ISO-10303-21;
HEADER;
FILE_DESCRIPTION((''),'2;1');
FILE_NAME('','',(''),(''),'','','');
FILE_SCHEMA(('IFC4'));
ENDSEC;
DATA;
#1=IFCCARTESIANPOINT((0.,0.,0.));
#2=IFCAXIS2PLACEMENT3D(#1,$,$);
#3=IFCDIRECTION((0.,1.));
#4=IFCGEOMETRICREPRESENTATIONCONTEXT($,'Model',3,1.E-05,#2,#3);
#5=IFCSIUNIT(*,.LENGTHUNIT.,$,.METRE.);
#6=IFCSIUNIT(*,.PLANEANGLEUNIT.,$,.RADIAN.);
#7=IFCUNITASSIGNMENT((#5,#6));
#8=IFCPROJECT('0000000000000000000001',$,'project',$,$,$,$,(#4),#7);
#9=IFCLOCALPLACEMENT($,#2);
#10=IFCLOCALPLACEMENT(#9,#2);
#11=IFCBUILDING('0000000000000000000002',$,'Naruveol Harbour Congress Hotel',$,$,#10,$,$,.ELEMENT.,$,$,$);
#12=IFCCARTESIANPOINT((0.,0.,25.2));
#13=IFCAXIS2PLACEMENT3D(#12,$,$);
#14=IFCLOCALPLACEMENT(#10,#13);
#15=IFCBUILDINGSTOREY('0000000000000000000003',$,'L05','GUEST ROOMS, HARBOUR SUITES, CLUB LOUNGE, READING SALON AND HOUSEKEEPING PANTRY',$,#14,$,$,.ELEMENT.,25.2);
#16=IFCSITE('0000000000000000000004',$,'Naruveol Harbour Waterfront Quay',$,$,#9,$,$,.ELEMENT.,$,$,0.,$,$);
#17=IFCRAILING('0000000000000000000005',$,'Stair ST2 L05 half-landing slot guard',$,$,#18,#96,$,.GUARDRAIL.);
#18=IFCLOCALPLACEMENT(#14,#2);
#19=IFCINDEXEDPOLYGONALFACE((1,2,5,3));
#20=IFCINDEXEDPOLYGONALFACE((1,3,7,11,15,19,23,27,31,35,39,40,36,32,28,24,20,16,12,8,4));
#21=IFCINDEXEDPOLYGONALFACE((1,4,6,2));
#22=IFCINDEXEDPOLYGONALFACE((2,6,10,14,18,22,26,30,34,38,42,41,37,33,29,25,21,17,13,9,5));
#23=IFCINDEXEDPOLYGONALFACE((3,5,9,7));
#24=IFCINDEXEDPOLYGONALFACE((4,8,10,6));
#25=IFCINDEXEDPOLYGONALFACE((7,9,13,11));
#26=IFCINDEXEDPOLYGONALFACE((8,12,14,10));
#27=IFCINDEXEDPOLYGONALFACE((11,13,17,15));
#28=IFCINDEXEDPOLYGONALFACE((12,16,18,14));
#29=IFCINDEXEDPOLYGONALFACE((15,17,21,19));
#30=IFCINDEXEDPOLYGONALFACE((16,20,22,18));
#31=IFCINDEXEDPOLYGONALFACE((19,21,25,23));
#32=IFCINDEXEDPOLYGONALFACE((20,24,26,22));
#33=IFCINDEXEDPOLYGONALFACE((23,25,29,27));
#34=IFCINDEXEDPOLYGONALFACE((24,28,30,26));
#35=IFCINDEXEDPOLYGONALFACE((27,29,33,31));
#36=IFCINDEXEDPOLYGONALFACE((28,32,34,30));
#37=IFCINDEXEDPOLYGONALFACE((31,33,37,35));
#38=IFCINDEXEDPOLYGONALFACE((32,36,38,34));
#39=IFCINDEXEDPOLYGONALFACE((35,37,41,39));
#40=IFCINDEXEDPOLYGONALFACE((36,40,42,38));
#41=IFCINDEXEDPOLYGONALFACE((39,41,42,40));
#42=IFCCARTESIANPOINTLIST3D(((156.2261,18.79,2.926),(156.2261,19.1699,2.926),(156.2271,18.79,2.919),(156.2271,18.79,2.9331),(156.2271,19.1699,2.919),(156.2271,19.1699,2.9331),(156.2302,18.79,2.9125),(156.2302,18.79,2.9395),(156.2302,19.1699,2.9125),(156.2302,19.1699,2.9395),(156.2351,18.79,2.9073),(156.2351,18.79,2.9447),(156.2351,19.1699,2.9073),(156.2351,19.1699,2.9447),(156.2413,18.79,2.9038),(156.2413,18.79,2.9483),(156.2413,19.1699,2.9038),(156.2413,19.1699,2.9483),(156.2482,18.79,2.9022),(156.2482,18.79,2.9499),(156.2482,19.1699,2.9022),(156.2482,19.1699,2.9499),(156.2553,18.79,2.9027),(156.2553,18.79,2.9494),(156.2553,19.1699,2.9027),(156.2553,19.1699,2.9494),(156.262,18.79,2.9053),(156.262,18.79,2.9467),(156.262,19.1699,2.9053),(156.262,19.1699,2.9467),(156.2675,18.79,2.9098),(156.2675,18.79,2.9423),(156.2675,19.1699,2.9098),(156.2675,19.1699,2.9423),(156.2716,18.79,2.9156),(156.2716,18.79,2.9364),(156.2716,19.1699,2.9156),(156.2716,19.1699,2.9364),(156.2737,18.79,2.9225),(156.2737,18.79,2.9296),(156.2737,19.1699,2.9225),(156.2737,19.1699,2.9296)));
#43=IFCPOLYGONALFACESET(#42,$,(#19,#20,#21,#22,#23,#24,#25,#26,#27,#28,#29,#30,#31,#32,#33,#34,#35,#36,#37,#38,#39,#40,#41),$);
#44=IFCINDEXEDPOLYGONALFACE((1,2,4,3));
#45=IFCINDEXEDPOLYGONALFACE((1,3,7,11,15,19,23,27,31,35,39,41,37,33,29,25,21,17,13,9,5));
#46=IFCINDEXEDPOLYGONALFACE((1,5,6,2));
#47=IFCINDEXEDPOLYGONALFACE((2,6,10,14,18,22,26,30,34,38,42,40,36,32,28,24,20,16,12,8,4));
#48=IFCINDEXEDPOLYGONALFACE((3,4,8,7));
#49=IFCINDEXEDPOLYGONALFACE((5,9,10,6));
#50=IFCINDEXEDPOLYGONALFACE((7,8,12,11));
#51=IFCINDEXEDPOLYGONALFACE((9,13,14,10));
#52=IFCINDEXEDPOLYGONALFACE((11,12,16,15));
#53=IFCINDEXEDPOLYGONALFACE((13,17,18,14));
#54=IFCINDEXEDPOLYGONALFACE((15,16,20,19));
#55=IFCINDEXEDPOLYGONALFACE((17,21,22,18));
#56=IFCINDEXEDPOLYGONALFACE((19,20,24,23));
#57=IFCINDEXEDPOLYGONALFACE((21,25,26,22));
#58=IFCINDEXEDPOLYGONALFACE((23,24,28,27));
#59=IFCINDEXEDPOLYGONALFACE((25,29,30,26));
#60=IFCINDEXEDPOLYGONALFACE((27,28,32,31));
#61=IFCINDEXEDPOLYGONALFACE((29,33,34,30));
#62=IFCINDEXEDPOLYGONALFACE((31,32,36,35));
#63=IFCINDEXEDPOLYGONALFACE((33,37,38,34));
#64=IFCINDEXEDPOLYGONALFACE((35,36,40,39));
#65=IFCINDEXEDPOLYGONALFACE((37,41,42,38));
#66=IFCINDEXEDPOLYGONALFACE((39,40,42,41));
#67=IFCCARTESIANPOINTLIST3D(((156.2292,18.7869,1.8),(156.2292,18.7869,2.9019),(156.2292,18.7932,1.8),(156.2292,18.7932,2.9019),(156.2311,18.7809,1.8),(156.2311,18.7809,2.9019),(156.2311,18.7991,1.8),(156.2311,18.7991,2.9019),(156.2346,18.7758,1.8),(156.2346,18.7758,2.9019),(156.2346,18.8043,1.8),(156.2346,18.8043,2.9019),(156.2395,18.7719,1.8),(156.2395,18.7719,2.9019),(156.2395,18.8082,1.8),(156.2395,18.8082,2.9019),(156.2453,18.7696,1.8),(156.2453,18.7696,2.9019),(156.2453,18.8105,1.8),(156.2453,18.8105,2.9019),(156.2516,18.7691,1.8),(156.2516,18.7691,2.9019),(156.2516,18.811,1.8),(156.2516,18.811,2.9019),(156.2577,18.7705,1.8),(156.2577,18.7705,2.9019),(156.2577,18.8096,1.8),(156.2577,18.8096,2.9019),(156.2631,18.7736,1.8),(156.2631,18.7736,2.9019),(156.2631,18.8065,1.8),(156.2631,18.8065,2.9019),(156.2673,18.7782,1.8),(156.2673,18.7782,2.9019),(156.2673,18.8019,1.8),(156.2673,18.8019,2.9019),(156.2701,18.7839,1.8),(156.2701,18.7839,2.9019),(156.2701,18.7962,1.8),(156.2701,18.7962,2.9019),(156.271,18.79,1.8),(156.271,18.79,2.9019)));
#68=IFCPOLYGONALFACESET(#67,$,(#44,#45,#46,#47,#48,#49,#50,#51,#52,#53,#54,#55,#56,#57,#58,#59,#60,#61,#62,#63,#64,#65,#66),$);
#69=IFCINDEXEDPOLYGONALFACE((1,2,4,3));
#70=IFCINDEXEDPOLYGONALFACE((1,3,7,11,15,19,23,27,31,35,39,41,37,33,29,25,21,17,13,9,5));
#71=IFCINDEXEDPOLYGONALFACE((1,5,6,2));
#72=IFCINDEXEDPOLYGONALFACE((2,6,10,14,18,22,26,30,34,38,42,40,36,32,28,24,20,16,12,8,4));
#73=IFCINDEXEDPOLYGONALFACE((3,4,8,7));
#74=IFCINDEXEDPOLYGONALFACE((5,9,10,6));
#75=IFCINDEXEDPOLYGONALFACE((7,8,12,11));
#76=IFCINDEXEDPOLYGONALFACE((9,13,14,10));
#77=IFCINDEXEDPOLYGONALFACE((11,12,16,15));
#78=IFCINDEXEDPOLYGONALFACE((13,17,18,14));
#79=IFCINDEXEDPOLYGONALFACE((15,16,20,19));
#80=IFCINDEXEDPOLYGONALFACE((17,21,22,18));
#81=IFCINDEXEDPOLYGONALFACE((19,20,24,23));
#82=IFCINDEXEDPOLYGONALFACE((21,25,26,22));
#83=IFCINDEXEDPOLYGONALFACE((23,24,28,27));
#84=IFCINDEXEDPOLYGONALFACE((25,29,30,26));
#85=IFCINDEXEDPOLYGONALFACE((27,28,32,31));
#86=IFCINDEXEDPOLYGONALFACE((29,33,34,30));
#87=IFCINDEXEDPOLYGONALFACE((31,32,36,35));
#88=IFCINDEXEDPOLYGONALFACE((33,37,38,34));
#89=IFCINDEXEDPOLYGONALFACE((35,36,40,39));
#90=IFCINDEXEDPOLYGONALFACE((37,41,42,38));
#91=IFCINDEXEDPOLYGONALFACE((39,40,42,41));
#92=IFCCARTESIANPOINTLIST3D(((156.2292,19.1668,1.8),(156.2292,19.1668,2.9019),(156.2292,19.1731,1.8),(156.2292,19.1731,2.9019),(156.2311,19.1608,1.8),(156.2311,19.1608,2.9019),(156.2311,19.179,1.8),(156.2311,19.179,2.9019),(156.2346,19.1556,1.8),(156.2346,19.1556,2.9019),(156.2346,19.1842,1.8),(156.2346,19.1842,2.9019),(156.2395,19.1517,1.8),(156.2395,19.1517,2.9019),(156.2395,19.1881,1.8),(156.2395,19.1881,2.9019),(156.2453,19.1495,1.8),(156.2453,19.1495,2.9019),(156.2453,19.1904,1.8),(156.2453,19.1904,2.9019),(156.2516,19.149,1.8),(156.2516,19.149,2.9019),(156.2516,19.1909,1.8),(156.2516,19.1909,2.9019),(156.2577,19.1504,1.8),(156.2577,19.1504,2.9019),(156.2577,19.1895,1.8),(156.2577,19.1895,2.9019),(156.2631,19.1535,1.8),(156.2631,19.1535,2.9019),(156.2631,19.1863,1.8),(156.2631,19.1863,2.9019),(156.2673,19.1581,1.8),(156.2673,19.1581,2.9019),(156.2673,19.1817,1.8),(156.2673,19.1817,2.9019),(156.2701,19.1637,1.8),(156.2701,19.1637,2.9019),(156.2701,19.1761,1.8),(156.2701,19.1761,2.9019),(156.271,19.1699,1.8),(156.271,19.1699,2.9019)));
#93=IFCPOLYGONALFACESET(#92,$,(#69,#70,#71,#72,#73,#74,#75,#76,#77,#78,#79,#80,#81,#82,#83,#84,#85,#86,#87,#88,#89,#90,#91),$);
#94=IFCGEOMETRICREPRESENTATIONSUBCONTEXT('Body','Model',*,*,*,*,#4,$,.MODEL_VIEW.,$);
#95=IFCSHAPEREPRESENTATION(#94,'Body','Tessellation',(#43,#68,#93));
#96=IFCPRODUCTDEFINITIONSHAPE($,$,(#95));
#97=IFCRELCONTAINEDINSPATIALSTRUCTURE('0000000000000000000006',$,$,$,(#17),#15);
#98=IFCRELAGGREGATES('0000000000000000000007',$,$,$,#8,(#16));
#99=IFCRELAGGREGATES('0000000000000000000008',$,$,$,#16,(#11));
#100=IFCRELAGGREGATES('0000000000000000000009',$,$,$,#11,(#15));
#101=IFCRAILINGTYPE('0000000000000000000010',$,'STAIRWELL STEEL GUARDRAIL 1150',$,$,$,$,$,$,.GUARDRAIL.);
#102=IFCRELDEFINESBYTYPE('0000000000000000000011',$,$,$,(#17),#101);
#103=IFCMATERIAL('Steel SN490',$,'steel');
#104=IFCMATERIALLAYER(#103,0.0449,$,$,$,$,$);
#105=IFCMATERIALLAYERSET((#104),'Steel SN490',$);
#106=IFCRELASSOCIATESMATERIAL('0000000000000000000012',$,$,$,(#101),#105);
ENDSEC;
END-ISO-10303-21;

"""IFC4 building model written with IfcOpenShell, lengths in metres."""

from ifc_helpers import new_model, si_unit, direction, frame, origin, origin_2d, place, context, subcontext, project, spatial, circle, extrude, material, layer, layer_set, type_object, element, save


model = new_model("IFC4")

# Units and contexts
model_context = context("Model", 3, precision=1e-05, world=origin(), true_north=direction((0.0, 1.0)))
body_context = subcontext(model_context, "Body", "Model", "MODEL_VIEW")
ifc_project = project(units=[si_unit("LENGTHUNIT", "METRE"), si_unit("PLANEANGLEUNIT", "RADIAN")], contexts=[model_context])

# Site, building, storey
site_placement = place(None, origin())
site = spatial("IfcSite", under=ifc_project, at=site_placement, Name="Naruveol Harbour Waterfront Quay", CompositionType="ELEMENT", RefElevation=0.0)
building_placement = place(site_placement, origin())
building = spatial("IfcBuilding", under=site, at=building_placement, Name="Naruveol Harbour Congress Hotel", CompositionType="ELEMENT")
storey_placement = place(building_placement, frame((0.0, 0.0, 25.2)))
storey = spatial("IfcBuildingStorey", under=building, at=storey_placement, Name="L05", Description="GUEST ROOMS, HARBOUR SUITES, CLUB LOUNGE, READING SALON AND HOUSEKEEPING PANTRY", CompositionType="ELEMENT", Elevation=25.2)

# Railing
ifc_material_1 = material(Name="Steel SN490", Category="steel")
ifc_layer_1 = layer(ifc_material_1, 0.0449)
ifc_layer_set_1 = layer_set([ifc_layer_1], Name="Steel SN490")
railing_type_1 = type_object("IfcRailingType", Name="STAIRWELL STEEL GUARDRAIL 1150", PredefinedType="GUARDRAIL", material=ifc_layer_set_1)
railing_1_placement = place(storey_placement, frame((156.25, 18.79, 1.8)))
element("IfcRailing", 1, at=railing_1_placement, inside=storey, type_object=railing_type_1, Name="Stair ST2 L05 half-landing slot guard", PredefinedType="GUARDRAIL", context=body_context, shape_type="SweptSolid", body=[
    extrude(circle(Radius=0.0239, at=origin_2d()), frame((0.0, 0.0, 1.126), z_axis=(0.0, 1.0, 0.0), x_axis=(-1.0, 0.0, 0.0)), (0.0, 0.0, 1.0), 0.3799),
    extrude(circle(Radius=0.021, at=origin_2d()), origin(), (0.0, 0.0, 1.0), 1.1018),
    extrude(circle(Radius=0.021, at=origin_2d()), frame((0.0, 0.3799, 0.0)), (0.0, 0.0, 1.0), 1.1018),
])

save(model, "model.ifc")
